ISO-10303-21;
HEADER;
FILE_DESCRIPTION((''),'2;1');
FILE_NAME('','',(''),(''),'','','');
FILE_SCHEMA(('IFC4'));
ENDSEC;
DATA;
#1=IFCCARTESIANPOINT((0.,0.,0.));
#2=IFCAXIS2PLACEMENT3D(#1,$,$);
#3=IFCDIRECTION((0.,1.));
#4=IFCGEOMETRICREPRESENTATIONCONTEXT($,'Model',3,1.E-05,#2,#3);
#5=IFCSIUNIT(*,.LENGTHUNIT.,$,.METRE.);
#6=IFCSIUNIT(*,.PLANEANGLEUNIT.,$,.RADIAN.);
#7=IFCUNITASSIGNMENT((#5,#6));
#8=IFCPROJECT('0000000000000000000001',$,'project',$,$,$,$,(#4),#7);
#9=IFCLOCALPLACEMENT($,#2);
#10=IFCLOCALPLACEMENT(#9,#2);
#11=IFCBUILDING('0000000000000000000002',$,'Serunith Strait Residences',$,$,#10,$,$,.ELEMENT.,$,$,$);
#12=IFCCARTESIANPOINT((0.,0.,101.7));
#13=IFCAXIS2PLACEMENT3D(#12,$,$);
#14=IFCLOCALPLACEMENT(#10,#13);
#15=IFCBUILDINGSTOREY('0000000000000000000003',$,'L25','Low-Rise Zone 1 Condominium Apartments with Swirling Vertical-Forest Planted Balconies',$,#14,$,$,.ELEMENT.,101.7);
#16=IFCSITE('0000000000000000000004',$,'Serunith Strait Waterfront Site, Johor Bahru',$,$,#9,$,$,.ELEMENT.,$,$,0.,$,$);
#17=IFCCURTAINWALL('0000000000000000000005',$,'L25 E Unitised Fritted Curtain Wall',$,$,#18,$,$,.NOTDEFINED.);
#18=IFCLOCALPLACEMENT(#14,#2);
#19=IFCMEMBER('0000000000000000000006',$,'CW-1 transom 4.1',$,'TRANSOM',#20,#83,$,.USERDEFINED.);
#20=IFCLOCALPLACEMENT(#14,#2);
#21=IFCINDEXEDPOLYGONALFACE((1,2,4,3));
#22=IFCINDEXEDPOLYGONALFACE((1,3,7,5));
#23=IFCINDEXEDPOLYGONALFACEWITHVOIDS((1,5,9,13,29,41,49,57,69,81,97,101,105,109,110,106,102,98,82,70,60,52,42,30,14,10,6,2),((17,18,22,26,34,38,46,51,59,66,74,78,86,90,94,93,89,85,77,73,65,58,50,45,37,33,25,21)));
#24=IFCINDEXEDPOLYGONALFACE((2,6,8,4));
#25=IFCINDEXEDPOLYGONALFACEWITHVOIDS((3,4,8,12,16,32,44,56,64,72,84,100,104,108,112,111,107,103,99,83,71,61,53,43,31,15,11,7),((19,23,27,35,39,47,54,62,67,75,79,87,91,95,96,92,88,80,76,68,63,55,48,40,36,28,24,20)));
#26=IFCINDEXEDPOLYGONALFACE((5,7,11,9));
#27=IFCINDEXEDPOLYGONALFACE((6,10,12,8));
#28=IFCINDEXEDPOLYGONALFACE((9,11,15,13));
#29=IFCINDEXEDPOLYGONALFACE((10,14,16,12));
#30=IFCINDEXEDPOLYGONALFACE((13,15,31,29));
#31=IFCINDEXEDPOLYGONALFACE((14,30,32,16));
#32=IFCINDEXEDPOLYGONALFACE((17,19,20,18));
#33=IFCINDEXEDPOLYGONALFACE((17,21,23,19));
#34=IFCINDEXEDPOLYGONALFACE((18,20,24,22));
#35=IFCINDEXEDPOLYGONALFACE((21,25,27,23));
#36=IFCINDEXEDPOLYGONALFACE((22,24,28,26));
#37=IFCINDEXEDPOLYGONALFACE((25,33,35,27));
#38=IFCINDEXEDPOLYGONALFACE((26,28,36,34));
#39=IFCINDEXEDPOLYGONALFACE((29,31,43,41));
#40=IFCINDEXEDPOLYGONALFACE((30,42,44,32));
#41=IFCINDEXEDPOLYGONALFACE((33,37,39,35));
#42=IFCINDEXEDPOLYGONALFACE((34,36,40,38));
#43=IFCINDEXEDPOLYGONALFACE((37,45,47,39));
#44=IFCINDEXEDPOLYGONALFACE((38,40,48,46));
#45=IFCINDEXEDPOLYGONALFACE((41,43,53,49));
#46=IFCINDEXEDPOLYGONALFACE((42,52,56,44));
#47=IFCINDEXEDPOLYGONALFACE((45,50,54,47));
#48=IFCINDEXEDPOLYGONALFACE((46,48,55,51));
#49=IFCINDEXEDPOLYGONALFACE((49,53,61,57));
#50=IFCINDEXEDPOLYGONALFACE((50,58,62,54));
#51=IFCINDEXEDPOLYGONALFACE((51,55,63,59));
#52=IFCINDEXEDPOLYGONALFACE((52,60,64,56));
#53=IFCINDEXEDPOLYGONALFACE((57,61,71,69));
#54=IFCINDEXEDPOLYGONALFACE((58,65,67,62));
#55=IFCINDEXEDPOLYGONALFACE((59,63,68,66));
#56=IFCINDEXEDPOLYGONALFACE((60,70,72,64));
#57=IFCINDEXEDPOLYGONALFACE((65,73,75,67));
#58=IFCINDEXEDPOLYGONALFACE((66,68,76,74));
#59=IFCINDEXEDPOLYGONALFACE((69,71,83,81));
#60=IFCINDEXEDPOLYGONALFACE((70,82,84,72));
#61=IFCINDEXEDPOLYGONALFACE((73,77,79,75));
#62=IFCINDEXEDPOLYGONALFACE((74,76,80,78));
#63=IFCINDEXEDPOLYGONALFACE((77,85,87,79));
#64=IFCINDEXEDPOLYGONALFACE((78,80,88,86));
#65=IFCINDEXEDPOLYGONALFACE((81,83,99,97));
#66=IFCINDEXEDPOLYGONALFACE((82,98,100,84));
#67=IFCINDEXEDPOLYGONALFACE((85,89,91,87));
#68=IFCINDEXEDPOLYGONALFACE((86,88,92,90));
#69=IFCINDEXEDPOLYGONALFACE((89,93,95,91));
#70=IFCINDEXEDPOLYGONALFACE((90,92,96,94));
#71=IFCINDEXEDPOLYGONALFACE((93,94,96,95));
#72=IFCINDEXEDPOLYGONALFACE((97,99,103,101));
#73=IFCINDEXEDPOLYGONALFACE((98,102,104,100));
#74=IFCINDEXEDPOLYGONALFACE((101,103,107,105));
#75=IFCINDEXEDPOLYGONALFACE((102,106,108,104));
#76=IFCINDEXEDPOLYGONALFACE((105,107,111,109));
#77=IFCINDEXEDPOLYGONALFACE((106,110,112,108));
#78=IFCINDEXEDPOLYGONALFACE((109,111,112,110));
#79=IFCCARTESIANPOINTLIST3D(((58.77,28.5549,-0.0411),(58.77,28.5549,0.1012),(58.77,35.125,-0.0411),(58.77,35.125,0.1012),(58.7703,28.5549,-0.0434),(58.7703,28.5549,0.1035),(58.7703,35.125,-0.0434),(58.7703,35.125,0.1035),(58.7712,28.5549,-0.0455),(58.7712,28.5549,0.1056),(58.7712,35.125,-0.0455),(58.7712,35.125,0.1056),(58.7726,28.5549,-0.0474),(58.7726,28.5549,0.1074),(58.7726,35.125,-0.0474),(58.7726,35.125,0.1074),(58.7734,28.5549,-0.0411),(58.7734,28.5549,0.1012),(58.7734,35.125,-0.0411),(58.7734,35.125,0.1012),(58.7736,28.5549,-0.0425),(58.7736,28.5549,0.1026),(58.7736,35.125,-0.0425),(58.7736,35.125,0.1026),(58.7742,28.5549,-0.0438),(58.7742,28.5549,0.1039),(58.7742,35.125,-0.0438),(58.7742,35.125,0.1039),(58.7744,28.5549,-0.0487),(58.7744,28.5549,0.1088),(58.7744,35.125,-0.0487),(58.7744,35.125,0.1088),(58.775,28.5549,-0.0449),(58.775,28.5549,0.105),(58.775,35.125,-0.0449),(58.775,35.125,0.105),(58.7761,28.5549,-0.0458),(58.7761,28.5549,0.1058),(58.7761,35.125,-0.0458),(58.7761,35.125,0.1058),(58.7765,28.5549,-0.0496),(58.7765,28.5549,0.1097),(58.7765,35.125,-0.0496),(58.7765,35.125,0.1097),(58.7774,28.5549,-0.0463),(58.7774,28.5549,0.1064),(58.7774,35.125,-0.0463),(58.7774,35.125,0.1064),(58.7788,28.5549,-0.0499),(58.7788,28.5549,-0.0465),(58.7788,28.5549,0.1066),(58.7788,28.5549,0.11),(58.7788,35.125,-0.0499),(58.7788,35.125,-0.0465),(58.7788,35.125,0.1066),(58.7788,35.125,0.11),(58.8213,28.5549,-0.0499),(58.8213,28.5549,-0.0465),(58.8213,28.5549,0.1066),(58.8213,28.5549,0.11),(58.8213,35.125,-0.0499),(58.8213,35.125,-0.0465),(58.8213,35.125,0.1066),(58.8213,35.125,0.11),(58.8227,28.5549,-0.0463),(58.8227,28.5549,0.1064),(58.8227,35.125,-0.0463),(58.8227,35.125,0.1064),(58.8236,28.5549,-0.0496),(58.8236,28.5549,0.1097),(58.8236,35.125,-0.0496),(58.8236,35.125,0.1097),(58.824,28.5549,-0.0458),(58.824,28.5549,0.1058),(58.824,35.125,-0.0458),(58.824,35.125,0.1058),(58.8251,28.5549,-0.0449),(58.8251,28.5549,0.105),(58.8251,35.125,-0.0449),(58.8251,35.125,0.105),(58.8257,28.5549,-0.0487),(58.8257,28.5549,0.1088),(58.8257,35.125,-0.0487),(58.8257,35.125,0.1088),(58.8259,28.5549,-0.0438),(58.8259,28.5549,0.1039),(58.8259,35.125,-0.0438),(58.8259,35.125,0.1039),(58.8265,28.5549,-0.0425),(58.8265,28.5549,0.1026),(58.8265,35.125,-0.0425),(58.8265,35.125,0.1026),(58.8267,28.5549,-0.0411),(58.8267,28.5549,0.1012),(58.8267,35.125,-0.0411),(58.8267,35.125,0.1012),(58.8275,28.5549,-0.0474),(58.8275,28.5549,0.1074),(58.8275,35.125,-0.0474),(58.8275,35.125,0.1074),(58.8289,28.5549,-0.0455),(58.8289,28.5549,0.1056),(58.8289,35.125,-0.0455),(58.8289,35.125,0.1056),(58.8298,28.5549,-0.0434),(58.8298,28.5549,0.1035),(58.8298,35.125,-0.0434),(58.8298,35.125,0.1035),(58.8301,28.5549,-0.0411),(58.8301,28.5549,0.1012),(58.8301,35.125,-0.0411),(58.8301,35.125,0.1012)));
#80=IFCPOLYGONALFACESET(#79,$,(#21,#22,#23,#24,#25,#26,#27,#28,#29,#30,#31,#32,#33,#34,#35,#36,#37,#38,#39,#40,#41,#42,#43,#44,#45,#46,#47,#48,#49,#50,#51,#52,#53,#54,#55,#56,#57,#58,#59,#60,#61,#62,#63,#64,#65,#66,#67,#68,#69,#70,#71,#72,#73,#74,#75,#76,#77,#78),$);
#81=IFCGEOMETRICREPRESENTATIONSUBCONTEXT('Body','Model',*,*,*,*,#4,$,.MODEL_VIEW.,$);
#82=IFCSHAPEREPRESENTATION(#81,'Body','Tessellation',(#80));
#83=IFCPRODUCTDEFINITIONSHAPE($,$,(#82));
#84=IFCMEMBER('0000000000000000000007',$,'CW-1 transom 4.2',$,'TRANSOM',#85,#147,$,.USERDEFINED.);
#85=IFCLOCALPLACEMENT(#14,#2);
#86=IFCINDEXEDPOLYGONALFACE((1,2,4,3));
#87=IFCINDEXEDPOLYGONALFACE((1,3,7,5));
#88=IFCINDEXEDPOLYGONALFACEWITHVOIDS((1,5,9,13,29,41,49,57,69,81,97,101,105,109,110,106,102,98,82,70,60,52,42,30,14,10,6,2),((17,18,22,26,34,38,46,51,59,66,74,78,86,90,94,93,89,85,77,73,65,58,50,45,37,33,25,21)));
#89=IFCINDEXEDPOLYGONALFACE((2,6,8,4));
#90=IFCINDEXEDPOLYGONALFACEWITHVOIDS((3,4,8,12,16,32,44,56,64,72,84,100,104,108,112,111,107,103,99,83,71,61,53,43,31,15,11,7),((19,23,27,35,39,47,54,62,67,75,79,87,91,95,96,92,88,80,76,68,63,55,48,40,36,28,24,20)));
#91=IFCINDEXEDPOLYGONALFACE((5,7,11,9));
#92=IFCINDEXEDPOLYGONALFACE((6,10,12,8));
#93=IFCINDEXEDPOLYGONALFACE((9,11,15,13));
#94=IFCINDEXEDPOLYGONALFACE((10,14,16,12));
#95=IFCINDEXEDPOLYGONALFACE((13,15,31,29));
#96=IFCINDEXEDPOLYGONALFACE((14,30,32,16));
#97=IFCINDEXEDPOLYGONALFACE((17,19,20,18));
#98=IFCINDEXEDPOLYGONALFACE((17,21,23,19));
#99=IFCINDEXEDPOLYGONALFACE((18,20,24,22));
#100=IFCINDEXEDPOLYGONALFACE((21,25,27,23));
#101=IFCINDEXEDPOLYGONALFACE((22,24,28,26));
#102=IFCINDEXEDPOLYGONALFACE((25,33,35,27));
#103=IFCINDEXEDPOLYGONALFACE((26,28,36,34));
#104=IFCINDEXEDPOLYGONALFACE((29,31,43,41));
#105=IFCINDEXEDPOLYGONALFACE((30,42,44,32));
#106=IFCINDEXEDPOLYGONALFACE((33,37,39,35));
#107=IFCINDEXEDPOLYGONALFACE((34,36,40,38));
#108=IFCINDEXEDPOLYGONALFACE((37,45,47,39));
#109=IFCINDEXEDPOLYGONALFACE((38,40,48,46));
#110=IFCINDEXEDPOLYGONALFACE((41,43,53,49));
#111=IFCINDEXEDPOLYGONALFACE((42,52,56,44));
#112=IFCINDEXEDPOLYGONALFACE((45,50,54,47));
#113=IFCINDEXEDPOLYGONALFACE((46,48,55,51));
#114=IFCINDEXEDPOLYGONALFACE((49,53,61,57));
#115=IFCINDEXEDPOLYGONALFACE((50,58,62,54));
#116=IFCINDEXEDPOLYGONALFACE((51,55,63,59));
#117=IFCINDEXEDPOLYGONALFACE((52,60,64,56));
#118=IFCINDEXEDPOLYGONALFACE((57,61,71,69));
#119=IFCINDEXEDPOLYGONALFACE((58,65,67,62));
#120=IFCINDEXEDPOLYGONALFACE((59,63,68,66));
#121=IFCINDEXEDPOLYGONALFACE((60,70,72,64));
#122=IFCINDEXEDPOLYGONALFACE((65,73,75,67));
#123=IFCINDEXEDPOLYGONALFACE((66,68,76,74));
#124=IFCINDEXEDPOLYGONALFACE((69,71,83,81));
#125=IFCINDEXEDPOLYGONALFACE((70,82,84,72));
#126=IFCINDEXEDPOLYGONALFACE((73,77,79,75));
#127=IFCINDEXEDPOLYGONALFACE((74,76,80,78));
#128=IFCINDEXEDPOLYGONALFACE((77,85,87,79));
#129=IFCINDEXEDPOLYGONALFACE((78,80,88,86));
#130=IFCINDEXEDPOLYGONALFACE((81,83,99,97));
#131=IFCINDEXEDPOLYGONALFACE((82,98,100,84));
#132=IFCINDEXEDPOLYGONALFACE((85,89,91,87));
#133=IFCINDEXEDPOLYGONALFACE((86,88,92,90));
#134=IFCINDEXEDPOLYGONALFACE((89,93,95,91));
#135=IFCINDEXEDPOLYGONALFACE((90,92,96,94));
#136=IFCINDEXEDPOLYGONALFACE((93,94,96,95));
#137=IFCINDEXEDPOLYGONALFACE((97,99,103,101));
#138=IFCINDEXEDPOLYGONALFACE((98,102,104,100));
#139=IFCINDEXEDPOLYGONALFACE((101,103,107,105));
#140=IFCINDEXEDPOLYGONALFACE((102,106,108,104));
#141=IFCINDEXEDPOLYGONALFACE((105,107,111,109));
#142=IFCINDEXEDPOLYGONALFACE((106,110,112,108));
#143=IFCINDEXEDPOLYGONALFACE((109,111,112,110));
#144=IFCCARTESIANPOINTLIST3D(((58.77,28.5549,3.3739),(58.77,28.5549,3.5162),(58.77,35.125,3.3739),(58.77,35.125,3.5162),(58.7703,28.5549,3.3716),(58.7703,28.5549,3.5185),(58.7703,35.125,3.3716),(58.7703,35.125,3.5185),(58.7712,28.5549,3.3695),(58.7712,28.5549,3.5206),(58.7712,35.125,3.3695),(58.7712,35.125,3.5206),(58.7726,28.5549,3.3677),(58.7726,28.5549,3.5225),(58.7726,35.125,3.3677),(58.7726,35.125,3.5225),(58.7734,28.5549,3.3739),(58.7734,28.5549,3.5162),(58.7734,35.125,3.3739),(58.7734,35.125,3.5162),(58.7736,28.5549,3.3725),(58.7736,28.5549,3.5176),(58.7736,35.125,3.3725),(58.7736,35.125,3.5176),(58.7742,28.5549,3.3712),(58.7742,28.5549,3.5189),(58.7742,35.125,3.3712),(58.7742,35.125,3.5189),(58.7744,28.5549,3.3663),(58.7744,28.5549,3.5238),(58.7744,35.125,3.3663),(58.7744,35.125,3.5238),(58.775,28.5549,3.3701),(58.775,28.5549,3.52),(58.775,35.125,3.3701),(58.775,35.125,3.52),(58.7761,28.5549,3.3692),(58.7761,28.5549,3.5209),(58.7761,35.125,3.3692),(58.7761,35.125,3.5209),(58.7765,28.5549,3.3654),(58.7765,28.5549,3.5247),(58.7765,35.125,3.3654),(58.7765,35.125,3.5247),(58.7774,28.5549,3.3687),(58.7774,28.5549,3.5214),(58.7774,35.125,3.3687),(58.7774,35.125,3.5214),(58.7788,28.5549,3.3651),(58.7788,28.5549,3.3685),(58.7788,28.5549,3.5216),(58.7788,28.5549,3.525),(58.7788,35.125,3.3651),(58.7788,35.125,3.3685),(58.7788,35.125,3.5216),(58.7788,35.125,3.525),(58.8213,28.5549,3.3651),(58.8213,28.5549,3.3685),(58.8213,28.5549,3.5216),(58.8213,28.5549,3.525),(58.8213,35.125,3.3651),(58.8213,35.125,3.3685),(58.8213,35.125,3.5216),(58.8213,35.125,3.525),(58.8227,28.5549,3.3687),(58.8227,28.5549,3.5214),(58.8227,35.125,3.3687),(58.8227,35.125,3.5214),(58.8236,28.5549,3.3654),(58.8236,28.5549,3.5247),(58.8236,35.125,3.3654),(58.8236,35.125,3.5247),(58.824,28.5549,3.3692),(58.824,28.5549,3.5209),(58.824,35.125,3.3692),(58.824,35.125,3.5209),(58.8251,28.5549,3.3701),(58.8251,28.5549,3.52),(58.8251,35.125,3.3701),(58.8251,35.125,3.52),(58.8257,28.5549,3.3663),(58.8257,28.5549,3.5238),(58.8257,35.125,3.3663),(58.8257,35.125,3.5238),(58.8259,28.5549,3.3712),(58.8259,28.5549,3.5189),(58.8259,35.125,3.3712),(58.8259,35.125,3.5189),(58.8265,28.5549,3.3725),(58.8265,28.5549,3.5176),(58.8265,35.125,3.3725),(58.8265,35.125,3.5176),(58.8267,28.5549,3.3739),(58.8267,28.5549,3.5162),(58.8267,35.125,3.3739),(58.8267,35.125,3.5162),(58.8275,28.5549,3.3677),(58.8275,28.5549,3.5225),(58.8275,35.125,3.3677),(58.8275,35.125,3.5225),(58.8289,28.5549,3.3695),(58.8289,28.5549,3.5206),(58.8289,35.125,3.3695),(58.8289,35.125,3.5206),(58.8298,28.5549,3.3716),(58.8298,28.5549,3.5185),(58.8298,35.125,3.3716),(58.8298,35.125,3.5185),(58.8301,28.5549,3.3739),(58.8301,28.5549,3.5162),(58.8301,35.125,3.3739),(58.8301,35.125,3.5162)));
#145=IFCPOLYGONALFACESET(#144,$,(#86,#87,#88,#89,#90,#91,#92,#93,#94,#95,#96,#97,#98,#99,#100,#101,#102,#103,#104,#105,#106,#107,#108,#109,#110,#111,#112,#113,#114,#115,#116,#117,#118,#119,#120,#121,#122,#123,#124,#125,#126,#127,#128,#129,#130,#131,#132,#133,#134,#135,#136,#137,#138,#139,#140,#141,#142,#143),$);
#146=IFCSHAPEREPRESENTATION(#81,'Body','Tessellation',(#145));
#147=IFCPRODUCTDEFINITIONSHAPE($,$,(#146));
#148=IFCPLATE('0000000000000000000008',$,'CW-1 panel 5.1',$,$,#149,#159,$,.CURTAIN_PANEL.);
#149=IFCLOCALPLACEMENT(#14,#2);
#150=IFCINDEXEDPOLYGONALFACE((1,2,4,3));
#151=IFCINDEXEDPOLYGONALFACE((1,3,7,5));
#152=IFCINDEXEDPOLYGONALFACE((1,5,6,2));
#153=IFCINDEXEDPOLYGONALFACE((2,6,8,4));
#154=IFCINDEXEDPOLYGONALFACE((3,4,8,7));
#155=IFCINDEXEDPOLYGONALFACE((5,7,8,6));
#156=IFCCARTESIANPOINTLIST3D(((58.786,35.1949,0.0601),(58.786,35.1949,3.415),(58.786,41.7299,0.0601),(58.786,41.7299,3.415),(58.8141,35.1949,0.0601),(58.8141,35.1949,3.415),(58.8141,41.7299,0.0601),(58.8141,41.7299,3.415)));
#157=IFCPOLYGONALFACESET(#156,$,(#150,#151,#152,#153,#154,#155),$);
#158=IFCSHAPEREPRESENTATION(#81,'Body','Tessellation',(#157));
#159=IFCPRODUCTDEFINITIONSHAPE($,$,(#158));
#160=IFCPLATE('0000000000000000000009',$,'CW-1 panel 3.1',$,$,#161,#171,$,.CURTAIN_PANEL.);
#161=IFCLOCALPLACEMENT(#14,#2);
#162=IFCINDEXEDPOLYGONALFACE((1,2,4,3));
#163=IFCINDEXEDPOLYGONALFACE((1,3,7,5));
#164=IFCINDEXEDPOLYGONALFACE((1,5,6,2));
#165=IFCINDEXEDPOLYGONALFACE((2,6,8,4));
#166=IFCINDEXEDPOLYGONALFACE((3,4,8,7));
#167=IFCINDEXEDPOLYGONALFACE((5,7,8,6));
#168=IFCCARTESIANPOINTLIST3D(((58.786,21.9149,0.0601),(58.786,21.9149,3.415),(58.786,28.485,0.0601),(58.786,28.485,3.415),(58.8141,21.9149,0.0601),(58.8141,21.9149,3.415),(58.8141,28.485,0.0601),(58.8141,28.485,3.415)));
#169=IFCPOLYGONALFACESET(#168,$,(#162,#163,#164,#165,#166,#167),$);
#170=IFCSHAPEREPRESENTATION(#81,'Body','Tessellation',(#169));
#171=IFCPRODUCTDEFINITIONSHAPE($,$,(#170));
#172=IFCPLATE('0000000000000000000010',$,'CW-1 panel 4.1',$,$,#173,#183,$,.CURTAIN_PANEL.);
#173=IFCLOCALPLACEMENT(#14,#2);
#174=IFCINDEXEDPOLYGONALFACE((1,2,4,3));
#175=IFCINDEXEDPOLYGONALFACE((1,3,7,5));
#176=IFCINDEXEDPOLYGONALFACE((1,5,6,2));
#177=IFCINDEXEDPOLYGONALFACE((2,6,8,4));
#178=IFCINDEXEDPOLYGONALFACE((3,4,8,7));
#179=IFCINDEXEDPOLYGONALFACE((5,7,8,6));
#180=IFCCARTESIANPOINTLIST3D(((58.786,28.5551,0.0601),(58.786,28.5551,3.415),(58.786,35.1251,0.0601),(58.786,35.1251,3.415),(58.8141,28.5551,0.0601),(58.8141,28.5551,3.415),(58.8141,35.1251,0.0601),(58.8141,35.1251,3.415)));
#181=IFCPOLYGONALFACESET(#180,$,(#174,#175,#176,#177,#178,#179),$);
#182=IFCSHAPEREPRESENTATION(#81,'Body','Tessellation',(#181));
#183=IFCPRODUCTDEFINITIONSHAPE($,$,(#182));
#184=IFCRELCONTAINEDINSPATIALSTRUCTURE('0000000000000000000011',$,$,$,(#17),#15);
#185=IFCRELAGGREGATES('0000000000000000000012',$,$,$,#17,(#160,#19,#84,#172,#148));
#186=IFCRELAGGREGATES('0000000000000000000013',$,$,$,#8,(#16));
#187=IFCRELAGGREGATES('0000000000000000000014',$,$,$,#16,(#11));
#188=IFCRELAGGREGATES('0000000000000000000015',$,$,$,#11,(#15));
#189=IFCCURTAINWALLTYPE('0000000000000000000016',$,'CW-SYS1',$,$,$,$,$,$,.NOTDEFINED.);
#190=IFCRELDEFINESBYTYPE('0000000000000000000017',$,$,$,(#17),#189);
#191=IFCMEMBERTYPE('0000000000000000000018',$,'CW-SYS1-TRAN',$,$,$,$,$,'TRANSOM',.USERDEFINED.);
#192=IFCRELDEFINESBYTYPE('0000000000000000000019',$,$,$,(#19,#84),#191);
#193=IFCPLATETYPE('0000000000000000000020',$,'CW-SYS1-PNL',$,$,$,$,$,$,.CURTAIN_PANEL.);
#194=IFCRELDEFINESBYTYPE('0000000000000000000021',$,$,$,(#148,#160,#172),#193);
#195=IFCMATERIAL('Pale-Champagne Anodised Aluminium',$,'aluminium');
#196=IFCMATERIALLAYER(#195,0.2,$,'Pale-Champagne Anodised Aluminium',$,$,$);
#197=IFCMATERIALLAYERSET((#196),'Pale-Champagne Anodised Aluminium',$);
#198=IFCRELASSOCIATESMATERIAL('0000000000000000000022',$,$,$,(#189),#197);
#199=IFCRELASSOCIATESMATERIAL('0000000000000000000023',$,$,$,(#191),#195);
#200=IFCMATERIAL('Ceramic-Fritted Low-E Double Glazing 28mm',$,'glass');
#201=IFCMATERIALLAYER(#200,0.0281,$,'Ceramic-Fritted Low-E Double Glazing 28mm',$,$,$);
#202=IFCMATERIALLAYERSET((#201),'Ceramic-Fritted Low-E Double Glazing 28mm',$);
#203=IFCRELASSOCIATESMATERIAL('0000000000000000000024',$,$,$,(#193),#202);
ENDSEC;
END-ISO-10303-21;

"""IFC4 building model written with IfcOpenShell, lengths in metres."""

from ifc_helpers import new_model, si_unit, direction, frame, origin, origin_2d, place, context, subcontext, project, spatial, rectangle, hollow_rectangle, extrude, source, transform, mapped, material, layer, layer_set, material_profile, profile_set, type_object, element, aggregate, save


model = new_model("IFC4")

# Units and contexts
model_context = context("Model", 3, precision=1e-05, world=origin(), true_north=direction((0.0, 1.0)))
body_context = subcontext(model_context, "Body", "Model", "MODEL_VIEW")
ifc_project = project(units=[si_unit("LENGTHUNIT", "METRE"), si_unit("PLANEANGLEUNIT", "RADIAN")], contexts=[model_context])

# Site, building, storey
site_placement = place(None, origin())
site = spatial("IfcSite", under=ifc_project, at=site_placement, Name="Serunith Strait Waterfront Site, Johor Bahru", CompositionType="ELEMENT", RefElevation=0.0)
building_placement = place(site_placement, origin())
building = spatial("IfcBuilding", under=site, at=building_placement, Name="Serunith Strait Residences", CompositionType="ELEMENT")
storey_placement = place(building_placement, frame((0.0, 0.0, 101.7)))
storey = spatial("IfcBuildingStorey", under=building, at=storey_placement, Name="L25", Description="Low-Rise Zone 1 Condominium Apartments with Swirling Vertical-Forest Planted Balconies", CompositionType="ELEMENT", Elevation=101.7)

# Curtain wall, members, plates
ifc_material_1 = material(Name="Pale-Champagne Anodised Aluminium", Category="aluminium")
ifc_layer_1 = layer(ifc_material_1, 0.2, Name="Pale-Champagne Anodised Aluminium")
ifc_layer_set_1 = layer_set([ifc_layer_1], Name="Pale-Champagne Anodised Aluminium")
curtain_wall_type = type_object("IfcCurtainWallType", Name="CW-SYS1", PredefinedType="NOTDEFINED", material=ifc_layer_set_1)
curtain_wall_placement = place(storey_placement, origin())
curtain_wall = element("IfcCurtainWall", 1, at=curtain_wall_placement, inside=storey, type_object=curtain_wall_type, Name="L25 E Unitised Fritted Curtain Wall", PredefinedType="NOTDEFINED")
ifc_material_profile_1 = material_profile(ifc_material_1, hollow_rectangle(XDim=0.0601, YDim=0.1599, WallThickness=0.0034, InnerFilletRadius=0.0054, OuterFilletRadius=0.0088, at=origin_2d()), Name="ALU 160x60x3.5")
ifc_profile_set_1 = profile_set([ifc_material_profile_1], Name="Pale-Champagne Anodised Aluminium")
member_type_1 = type_object("IfcMemberType", Name="CW-SYS1-TRAN", ElementType="TRANSOM", PredefinedType="USERDEFINED", material=ifc_profile_set_1)
shared_shape_1 = source(origin(), body_context, "Body", "SweptSolid", [
    extrude(hollow_rectangle(XDim=0.0601, YDim=0.1599, WallThickness=0.0034, InnerFilletRadius=0.0054, OuterFilletRadius=0.0088, at=origin_2d()), origin(), (0.0, 0.0, 1.0), 6.5701),
])
member_1_placement = place(storey_placement, frame((58.8, 28.5549, 0.03), z_axis=(0.0, 1.0, 0.0), x_axis=(-1.0, 0.0, 0.0)))
member_1 = element("IfcMember", 2, at=member_1_placement, type_object=member_type_1, Name="CW-1 transom 4.1", ObjectType="TRANSOM", PredefinedType="USERDEFINED", context=body_context, shape_type="MappedRepresentation", body=[
    mapped(shared_shape_1, transform((0.0, 0.0, 0.0), scale=1.0)),
])
member_2_placement = place(storey_placement, frame((58.8, 28.5549, 3.4451), z_axis=(0.0, 1.0, 0.0), x_axis=(-1.0, 0.0, 0.0)))
member_2 = element("IfcMember", 3, at=member_2_placement, type_object=member_type_1, Name="CW-1 transom 4.2", ObjectType="TRANSOM", PredefinedType="USERDEFINED", context=body_context, shape_type="MappedRepresentation", body=[
    mapped(shared_shape_1, transform((0.0, 0.0, 0.0), scale=1.0)),
])
ifc_material_2 = material(Name="Ceramic-Fritted Low-E Double Glazing 28mm", Category="glass")
ifc_layer_2 = layer(ifc_material_2, 0.0281, Name="Ceramic-Fritted Low-E Double Glazing 28mm")
ifc_layer_set_2 = layer_set([ifc_layer_2], Name="Ceramic-Fritted Low-E Double Glazing 28mm")
plate_type = type_object("IfcPlateType", Name="CW-SYS1-PNL", PredefinedType="CURTAIN_PANEL", material=ifc_layer_set_2)
shared_shape_2 = source(origin(), body_context, "Body", "SweptSolid", [
    extrude(rectangle(XDim=6.5349, YDim=0.0281, at=origin_2d()), origin(), (0.0, 0.0, 1.0), 3.355),
])
plate_1_placement = place(storey_placement, frame((58.8, 38.4624, 0.0601), z_axis=(0.0, 0.0, 1.0), x_axis=(0.0, 1.0, 0.0)))
plate_1 = element("IfcPlate", 4, at=plate_1_placement, type_object=plate_type, Name="CW-1 panel 5.1", PredefinedType="CURTAIN_PANEL", context=body_context, shape_type="MappedRepresentation", body=[
    mapped(shared_shape_2, transform((0.0, 0.0, 0.0), scale=1.0)),
])
shared_shape_3 = source(origin(), body_context, "Body", "SweptSolid", [
    extrude(rectangle(XDim=6.5701, YDim=0.0281, at=origin_2d()), origin(), (0.0, 0.0, 1.0), 3.355),
])
plate_2_placement = place(storey_placement, frame((58.8, 25.2, 0.0601), z_axis=(0.0, 0.0, 1.0), x_axis=(0.0, 1.0, 0.0)))
plate_2 = element("IfcPlate", 5, at=plate_2_placement, type_object=plate_type, Name="CW-1 panel 3.1", PredefinedType="CURTAIN_PANEL", context=body_context, shape_type="MappedRepresentation", body=[
    mapped(shared_shape_3, transform((0.0, 0.0, 0.0), scale=1.0)),
])
plate_3_placement = place(storey_placement, frame((58.8, 31.8401, 0.0601), z_axis=(0.0, 0.0, 1.0), x_axis=(0.0, 1.0, 0.0)))
plate_3 = element("IfcPlate", 6, at=plate_3_placement, type_object=plate_type, Name="CW-1 panel 4.1", PredefinedType="CURTAIN_PANEL", context=body_context, shape_type="MappedRepresentation", body=[
    mapped(shared_shape_3, transform((0.0, 0.0, 0.0), scale=1.0)),
])
aggregate(curtain_wall, [plate_2, member_1, member_2, plate_3, plate_1])

save(model, "model.ifc")
